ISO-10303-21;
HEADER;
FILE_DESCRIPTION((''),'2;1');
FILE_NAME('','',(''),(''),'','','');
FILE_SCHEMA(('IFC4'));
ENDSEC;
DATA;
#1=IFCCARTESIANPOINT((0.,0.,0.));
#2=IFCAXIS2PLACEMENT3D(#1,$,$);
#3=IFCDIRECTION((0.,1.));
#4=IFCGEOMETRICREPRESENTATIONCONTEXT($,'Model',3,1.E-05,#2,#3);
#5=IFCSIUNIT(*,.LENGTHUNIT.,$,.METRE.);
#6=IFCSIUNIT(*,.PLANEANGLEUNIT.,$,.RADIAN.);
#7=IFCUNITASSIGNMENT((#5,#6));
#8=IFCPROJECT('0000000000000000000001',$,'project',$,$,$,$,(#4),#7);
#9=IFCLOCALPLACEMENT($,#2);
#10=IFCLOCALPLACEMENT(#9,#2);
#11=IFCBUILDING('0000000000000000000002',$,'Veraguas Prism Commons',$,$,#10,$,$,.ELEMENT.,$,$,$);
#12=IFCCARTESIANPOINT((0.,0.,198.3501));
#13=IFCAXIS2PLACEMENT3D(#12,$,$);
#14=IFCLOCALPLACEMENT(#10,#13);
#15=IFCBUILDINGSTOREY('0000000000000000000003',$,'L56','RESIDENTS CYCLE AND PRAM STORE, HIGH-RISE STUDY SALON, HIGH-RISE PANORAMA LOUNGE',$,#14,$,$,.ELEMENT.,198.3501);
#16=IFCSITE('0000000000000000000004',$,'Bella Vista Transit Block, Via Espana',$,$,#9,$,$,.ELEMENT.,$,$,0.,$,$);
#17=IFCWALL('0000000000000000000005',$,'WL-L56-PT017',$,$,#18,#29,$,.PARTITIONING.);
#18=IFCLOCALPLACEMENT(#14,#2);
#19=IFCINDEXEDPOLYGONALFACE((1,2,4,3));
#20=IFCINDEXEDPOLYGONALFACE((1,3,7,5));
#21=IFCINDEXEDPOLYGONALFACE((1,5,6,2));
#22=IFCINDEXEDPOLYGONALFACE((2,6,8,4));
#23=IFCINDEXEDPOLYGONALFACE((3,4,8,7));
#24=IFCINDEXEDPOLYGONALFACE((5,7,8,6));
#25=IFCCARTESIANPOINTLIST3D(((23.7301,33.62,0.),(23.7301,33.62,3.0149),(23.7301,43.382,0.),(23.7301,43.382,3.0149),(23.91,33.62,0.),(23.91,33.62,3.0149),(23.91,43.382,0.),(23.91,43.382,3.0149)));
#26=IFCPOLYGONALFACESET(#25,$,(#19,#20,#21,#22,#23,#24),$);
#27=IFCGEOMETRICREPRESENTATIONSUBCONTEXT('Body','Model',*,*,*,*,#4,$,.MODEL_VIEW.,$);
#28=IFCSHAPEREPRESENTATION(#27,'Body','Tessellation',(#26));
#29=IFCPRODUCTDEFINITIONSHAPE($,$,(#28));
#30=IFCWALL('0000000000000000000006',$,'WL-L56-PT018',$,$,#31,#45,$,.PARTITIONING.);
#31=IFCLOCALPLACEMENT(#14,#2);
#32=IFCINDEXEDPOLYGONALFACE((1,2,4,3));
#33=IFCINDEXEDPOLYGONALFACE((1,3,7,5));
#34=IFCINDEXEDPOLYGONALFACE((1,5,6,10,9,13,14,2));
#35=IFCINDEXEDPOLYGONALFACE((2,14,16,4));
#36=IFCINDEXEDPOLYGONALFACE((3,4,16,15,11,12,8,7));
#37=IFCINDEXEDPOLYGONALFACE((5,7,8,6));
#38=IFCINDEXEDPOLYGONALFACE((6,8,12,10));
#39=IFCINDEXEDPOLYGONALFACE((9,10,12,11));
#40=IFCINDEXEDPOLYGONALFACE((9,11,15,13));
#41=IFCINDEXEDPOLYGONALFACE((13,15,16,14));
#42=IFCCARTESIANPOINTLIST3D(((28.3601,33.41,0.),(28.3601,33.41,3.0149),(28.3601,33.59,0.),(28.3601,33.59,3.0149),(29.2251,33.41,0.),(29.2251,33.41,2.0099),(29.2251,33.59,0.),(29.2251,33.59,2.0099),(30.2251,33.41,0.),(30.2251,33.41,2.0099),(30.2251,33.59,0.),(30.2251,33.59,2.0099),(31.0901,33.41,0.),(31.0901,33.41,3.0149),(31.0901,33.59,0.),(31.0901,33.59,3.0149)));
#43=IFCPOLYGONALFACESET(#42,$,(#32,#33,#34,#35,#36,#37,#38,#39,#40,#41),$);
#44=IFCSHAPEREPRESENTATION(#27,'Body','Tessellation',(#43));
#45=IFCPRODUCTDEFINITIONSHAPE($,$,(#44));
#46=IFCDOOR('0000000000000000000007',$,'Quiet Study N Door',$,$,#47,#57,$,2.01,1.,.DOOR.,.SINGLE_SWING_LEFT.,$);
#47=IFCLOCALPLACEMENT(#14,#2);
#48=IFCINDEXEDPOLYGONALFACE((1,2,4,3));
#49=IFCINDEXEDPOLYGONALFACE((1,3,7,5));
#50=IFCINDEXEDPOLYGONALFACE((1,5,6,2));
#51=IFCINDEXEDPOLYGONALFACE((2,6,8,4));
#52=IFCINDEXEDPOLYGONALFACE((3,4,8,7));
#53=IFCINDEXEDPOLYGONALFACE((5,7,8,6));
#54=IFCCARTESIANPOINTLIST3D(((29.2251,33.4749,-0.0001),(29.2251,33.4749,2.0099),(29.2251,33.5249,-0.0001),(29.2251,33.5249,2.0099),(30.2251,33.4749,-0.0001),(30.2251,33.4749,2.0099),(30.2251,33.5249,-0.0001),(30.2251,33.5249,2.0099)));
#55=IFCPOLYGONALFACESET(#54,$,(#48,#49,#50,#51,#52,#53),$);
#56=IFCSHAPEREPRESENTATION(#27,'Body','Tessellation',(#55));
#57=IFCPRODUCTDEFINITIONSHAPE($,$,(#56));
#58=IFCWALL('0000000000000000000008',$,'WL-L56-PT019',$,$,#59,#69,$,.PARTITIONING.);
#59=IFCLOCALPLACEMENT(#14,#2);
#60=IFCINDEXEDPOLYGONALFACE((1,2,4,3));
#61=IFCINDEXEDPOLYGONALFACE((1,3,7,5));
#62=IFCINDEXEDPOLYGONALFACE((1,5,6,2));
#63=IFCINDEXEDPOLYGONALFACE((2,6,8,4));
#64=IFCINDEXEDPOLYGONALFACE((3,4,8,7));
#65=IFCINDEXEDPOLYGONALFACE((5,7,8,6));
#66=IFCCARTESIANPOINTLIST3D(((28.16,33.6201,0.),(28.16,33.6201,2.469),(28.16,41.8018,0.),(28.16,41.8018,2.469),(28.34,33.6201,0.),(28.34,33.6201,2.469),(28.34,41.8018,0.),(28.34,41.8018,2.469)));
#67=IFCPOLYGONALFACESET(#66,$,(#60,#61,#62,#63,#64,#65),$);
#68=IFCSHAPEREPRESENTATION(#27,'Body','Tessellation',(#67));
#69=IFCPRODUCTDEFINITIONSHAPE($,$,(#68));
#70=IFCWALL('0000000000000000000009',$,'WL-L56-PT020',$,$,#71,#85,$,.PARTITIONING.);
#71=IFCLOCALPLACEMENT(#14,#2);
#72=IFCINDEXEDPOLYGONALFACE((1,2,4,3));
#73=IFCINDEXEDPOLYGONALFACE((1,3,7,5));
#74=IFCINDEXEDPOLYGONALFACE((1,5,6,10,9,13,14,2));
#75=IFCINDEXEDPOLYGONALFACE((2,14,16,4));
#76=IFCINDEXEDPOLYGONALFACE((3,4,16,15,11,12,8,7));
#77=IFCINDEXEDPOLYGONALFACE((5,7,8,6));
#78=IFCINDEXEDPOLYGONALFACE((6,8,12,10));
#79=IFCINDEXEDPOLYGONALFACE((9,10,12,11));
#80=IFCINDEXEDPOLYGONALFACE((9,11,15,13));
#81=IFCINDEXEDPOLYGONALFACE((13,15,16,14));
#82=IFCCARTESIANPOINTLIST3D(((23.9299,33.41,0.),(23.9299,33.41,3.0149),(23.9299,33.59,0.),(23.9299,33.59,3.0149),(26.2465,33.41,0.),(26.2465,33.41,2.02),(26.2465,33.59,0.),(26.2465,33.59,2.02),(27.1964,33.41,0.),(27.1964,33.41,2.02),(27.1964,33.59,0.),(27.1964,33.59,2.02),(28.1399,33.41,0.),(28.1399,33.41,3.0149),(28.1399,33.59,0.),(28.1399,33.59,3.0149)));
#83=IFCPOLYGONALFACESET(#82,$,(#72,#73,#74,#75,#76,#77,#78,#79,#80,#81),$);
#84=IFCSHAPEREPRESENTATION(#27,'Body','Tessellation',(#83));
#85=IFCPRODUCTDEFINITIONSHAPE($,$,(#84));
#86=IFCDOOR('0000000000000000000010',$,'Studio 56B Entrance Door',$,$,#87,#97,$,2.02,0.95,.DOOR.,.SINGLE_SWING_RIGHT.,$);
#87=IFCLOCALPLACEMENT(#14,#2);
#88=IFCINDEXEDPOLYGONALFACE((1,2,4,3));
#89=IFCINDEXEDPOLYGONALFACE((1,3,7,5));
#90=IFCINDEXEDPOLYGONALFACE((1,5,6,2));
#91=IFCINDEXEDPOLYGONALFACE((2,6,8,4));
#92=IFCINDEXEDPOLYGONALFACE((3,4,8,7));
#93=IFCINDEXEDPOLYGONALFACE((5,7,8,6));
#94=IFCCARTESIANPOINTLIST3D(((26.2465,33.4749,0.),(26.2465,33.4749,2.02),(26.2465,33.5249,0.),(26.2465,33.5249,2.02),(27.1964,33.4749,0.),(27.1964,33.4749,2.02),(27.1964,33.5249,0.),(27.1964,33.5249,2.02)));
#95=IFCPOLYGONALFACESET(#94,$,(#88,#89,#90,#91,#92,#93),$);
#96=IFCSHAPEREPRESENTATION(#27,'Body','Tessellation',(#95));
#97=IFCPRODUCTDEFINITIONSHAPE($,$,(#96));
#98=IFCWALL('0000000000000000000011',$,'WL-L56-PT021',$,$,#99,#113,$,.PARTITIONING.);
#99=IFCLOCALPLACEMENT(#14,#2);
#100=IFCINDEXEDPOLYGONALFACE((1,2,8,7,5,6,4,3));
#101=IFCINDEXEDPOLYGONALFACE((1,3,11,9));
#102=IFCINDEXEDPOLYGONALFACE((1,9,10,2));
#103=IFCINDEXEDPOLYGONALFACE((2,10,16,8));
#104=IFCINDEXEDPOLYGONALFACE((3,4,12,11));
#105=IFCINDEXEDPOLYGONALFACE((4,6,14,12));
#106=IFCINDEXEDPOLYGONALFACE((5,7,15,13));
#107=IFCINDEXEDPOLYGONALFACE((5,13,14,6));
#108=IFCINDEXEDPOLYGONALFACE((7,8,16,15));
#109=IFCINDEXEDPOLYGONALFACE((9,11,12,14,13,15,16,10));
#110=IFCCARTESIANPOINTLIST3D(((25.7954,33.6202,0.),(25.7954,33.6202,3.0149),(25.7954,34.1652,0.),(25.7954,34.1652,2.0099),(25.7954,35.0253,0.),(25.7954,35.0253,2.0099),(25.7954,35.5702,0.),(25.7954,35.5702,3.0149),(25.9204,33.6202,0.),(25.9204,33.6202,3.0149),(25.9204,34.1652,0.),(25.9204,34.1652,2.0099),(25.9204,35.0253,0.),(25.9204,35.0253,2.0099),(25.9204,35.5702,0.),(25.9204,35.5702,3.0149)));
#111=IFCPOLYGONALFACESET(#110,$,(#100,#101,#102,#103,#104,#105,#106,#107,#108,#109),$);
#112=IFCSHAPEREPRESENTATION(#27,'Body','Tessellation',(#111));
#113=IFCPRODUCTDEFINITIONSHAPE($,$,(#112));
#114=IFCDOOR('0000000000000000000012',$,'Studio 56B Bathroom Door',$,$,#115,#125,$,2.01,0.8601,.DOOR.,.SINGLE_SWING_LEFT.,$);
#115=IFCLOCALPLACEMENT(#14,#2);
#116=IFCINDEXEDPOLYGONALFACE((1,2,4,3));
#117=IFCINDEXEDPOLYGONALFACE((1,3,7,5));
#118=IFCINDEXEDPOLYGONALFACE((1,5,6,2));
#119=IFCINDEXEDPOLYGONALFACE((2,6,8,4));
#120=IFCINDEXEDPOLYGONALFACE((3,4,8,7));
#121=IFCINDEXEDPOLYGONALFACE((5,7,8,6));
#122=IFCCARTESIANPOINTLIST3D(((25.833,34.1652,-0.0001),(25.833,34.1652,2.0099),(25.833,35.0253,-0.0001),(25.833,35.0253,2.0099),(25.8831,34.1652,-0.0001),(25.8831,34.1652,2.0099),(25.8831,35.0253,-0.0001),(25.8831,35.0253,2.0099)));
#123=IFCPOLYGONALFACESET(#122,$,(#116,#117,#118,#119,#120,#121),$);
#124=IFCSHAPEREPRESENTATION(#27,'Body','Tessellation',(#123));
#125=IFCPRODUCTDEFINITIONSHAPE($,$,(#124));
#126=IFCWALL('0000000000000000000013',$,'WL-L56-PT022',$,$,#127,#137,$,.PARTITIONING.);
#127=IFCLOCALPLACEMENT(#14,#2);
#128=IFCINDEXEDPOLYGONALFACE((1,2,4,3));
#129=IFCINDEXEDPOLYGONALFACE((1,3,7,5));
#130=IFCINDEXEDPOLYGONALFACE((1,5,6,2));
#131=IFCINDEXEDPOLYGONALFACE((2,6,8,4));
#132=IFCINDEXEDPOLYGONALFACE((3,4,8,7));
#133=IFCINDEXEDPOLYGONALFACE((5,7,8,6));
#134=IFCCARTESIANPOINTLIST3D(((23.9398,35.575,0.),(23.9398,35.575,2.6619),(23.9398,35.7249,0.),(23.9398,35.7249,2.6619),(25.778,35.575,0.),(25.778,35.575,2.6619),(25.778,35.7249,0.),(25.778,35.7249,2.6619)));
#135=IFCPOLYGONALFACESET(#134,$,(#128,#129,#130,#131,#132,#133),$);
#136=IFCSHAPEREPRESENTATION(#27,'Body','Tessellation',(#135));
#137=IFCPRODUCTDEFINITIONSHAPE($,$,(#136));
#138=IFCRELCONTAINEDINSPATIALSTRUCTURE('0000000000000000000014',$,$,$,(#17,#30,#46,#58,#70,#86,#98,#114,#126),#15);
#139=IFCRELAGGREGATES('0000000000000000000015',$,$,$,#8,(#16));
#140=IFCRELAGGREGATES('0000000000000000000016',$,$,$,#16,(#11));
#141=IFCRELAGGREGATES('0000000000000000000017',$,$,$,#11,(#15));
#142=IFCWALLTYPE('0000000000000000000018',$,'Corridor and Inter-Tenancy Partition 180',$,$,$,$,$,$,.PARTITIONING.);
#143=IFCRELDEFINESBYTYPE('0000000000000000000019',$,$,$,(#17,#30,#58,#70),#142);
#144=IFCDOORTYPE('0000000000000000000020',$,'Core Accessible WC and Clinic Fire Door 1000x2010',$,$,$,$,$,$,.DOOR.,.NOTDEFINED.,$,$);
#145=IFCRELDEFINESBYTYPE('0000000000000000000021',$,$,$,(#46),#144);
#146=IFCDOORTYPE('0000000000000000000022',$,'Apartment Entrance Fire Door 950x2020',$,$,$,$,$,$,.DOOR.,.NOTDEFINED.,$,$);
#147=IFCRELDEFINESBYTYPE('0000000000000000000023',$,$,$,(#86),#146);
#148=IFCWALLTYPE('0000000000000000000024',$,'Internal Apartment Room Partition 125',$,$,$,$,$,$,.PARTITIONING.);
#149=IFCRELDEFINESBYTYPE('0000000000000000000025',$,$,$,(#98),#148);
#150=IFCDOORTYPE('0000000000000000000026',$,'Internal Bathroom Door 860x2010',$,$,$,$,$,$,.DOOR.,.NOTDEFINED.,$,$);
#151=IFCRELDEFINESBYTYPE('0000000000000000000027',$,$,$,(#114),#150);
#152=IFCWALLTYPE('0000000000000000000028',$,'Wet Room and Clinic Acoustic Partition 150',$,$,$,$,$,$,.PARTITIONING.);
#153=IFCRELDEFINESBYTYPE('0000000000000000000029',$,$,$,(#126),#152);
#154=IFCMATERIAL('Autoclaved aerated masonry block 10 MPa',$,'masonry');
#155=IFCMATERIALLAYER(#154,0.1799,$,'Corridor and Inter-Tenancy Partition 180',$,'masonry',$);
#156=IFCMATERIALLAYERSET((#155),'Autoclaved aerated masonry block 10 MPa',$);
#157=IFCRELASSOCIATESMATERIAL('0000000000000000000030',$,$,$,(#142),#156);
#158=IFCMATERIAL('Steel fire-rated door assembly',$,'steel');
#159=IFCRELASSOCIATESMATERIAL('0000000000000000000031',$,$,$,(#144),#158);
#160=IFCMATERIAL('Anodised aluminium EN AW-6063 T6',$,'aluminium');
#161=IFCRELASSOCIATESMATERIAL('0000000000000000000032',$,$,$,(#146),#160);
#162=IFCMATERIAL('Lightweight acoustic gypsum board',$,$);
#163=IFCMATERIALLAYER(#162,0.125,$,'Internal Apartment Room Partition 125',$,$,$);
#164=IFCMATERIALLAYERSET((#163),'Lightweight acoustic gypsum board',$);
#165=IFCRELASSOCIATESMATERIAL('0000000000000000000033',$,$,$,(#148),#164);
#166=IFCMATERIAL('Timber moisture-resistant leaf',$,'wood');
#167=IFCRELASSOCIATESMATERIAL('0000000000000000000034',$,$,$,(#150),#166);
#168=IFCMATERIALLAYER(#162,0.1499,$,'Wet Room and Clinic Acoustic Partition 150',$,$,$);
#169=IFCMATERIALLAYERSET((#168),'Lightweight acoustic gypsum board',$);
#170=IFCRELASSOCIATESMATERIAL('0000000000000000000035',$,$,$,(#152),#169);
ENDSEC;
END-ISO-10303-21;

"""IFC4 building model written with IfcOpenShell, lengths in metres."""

from ifc_helpers import new_model, si_unit, direction, frame, frame_2d, origin, place, context, subcontext, project, spatial, rectangle, extrude, source, transform, mapped, material, layer, layer_set, type_object, element, fill, save


model = new_model("IFC4")

# Units and contexts
model_context = context("Model", 3, precision=1e-05, world=origin(), true_north=direction((0.0, 1.0)))
body_context = subcontext(model_context, "Body", "Model", "MODEL_VIEW")
ifc_project = project(units=[si_unit("LENGTHUNIT", "METRE"), si_unit("PLANEANGLEUNIT", "RADIAN")], contexts=[model_context])

# Site, building, storey
site_placement = place(None, origin())
site = spatial("IfcSite", under=ifc_project, at=site_placement, Name="Bella Vista Transit Block, Via Espana", CompositionType="ELEMENT", RefElevation=0.0)
building_placement = place(site_placement, origin())
building = spatial("IfcBuilding", under=site, at=building_placement, Name="Veraguas Prism Commons", CompositionType="ELEMENT")
storey_placement = place(building_placement, frame((0.0, 0.0, 198.3501)))
storey = spatial("IfcBuildingStorey", under=building, at=storey_placement, Name="L56", Description="RESIDENTS CYCLE AND PRAM STORE, HIGH-RISE STUDY SALON, HIGH-RISE PANORAMA LOUNGE", CompositionType="ELEMENT", Elevation=198.3501)

# Shared definitions
ifc_material_1 = material(Name="Anodised aluminium EN AW-6063 T6", Category="aluminium")

# Wall
ifc_material_2 = material(Name="Autoclaved aerated masonry block 10 MPa", Category="masonry")
ifc_layer_1 = layer(ifc_material_2, 0.1799, Name="Corridor and Inter-Tenancy Partition 180", Category="masonry")
ifc_layer_set_1 = layer_set([ifc_layer_1], Name="Autoclaved aerated masonry block 10 MPa")
wall_type_1 = type_object("IfcWallType", Name="Corridor and Inter-Tenancy Partition 180", PredefinedType="PARTITIONING", material=ifc_layer_set_1)
wall_1_placement = place(storey_placement, frame((23.8201, 33.6201, 0.0), z_axis=(0.0, 0.0, 1.0), x_axis=(0.0, 1.0, 0.0)))
element("IfcWall", 1, at=wall_1_placement, inside=storey, type_object=wall_type_1, Name="WL-L56-PT017", PredefinedType="PARTITIONING", context=body_context, shape_type="SweptSolid", body=[
    extrude(rectangle(XDim=9.762, YDim=0.1799, at=frame_2d((4.8809, 0.0))), origin(), (0.0, 0.0, 1.0), 3.0149),
])

# Wall, opening, door
wall_2_placement = place(storey_placement, frame((28.3601, 33.5, 0.0), z_axis=(0.0, 0.0, 1.0), x_axis=(1.0, 0.0, 0.0)))
wall_2 = element("IfcWall", 2, at=wall_2_placement, inside=storey, type_object=wall_type_1, Name="WL-L56-PT018", PredefinedType="PARTITIONING", context=body_context, shape_type="SweptSolid", body=[
    extrude(rectangle(XDim=2.73, YDim=0.1799, at=frame_2d((1.365, 0.0))), origin(), (0.0, 0.0, 1.0), 3.0149),
])
opening_1_placement = place(wall_2_placement, frame((0.865, 0.0, 0.0)))
opening_1 = element("IfcOpeningElement", 3, at=opening_1_placement, cuts=wall_2, PredefinedType="OPENING", context=body_context, shape_type="SweptSolid", body=[
    extrude(rectangle(XDim=1.0, YDim=2.01, at=frame_2d((0.5, 1.0049))), frame((0.0, 0.0999, 0.0), z_axis=(0.0, -1.0, 0.0), x_axis=(1.0, 0.0, 0.0)), (0.0, 0.0, 1.0), 0.2),
])
ifc_material_3 = material(Name="Steel fire-rated door assembly", Category="steel")
door_type_1 = type_object("IfcDoorType", Name="Core Accessible WC and Clinic Fire Door 1000x2010", OperationType="NOTDEFINED", PredefinedType="DOOR", material=ifc_material_3)
shared_shape_1 = source(origin(), body_context, "Body", "SweptSolid", [
    extrude(rectangle(XDim=1.0, YDim=2.01, at=frame_2d((0.5, 1.0049))), frame((0.0, 0.0249, 0.0), z_axis=(0.0, -1.0, 0.0), x_axis=(1.0, 0.0, 0.0)), (0.0, 0.0, 1.0), 0.05),
])
door_1_placement = place(opening_1_placement, origin())
door_1 = element("IfcDoor", 4, at=door_1_placement, inside=storey, type_object=door_type_1, Name="Quiet Study N Door", OperationType="SINGLE_SWING_LEFT", OverallHeight=2.01, OverallWidth=1.0, PredefinedType="DOOR", context=body_context, shape_type="MappedRepresentation", body=[
    mapped(shared_shape_1, transform((0.0, 0.0, 0.0), scale=1.0)),
])
fill(opening_1, door_1)

# Wall
wall_3_placement = place(storey_placement, frame((28.25, 33.6201, 0.0), z_axis=(0.0, 0.0, 1.0), x_axis=(0.0, 1.0, 0.0)))
element("IfcWall", 5, at=wall_3_placement, inside=storey, type_object=wall_type_1, Name="WL-L56-PT019", PredefinedType="PARTITIONING", context=body_context, shape_type="SweptSolid", body=[
    extrude(rectangle(XDim=8.1816, YDim=0.1799, at=frame_2d((4.0908, 0.0))), origin(), (0.0, 0.0, 1.0), 2.469),
])

# Walls, openings, doors
wall_4_placement = place(storey_placement, frame((23.9299, 33.5, 0.0), z_axis=(0.0, 0.0, 1.0), x_axis=(1.0, 0.0, 0.0)))
wall_4 = element("IfcWall", 6, at=wall_4_placement, inside=storey, type_object=wall_type_1, Name="WL-L56-PT020", PredefinedType="PARTITIONING", context=body_context, shape_type="SweptSolid", body=[
    extrude(rectangle(XDim=4.21, YDim=0.1799, at=frame_2d((2.105, 0.0))), origin(), (0.0, 0.0, 1.0), 3.0149),
])
opening_2_placement = place(wall_4_placement, frame((2.3164, 0.0, 0.0)))
opening_2 = element("IfcOpeningElement", 7, at=opening_2_placement, cuts=wall_4, PredefinedType="OPENING", context=body_context, shape_type="SweptSolid", body=[
    extrude(rectangle(XDim=0.95, YDim=2.02, at=frame_2d((0.4751, 1.01))), frame((0.0, 0.0999, 0.0), z_axis=(0.0, -1.0, 0.0), x_axis=(1.0, 0.0, 0.0)), (0.0, 0.0, 1.0), 0.2),
])
door_type_2 = type_object("IfcDoorType", Name="Apartment Entrance Fire Door 950x2020", OperationType="NOTDEFINED", PredefinedType="DOOR", material=ifc_material_1)
shared_shape_2 = source(origin(), body_context, "Body", "SweptSolid", [
    extrude(rectangle(XDim=0.95, YDim=2.02, at=frame_2d((0.4751, 1.01))), frame((0.0, 0.0249, 0.0), z_axis=(0.0, -1.0, 0.0), x_axis=(1.0, 0.0, 0.0)), (0.0, 0.0, 1.0), 0.05),
])
door_2_placement = place(opening_2_placement, origin())
door_2 = element("IfcDoor", 8, at=door_2_placement, inside=storey, type_object=door_type_2, Name="Studio 56B Entrance Door", OperationType="SINGLE_SWING_RIGHT", OverallHeight=2.02, OverallWidth=0.95, PredefinedType="DOOR", context=body_context, shape_type="MappedRepresentation", body=[
    mapped(shared_shape_2, transform((0.0, 0.0, 0.0), scale=1.0)),
])
fill(opening_2, door_2)
ifc_material_4 = material(Name="Lightweight acoustic gypsum board")
ifc_layer_2 = layer(ifc_material_4, 0.125, Name="Internal Apartment Room Partition 125")
ifc_layer_set_2 = layer_set([ifc_layer_2], Name="Lightweight acoustic gypsum board")
wall_type_2 = type_object("IfcWallType", Name="Internal Apartment Room Partition 125", PredefinedType="PARTITIONING", material=ifc_layer_set_2)
wall_5_placement = place(storey_placement, frame((25.8579, 33.6201, 0.0), z_axis=(0.0, 0.0, 1.0), x_axis=(0.0, 1.0, 0.0)))
wall_5 = element("IfcWall", 9, at=wall_5_placement, inside=storey, type_object=wall_type_2, Name="WL-L56-PT021", PredefinedType="PARTITIONING", context=body_context, shape_type="SweptSolid", body=[
    extrude(rectangle(XDim=1.95, YDim=0.125, at=frame_2d((0.9751, 0.0))), origin(), (0.0, 0.0, 1.0), 3.0149),
])
opening_3_placement = place(wall_5_placement, frame((0.5449, 0.0, 0.0)))
opening_3 = element("IfcOpeningElement", 10, at=opening_3_placement, cuts=wall_5, PredefinedType="OPENING", context=body_context, shape_type="SweptSolid", body=[
    extrude(rectangle(XDim=0.8601, YDim=2.01, at=frame_2d((0.4302, 1.0049))), frame((0.0, 0.0725, 0.0), z_axis=(0.0, -1.0, 0.0), x_axis=(1.0, 0.0, 0.0)), (0.0, 0.0, 1.0), 0.145),
])
ifc_material_5 = material(Name="Timber moisture-resistant leaf", Category="wood")
door_type_3 = type_object("IfcDoorType", Name="Internal Bathroom Door 860x2010", OperationType="NOTDEFINED", PredefinedType="DOOR", material=ifc_material_5)
shared_shape_3 = source(origin(), body_context, "Body", "SweptSolid", [
    extrude(rectangle(XDim=0.8601, YDim=2.01, at=frame_2d((0.4302, 1.0049))), frame((0.0, 0.0249, 0.0), z_axis=(0.0, -1.0, 0.0), x_axis=(1.0, 0.0, 0.0)), (0.0, 0.0, 1.0), 0.05),
])
door_3_placement = place(opening_3_placement, origin())
door_3 = element("IfcDoor", 11, at=door_3_placement, inside=storey, type_object=door_type_3, Name="Studio 56B Bathroom Door", OperationType="SINGLE_SWING_LEFT", OverallHeight=2.01, OverallWidth=0.8601, PredefinedType="DOOR", context=body_context, shape_type="MappedRepresentation", body=[
    mapped(shared_shape_3, transform((0.0, 0.0, 0.0), scale=1.0)),
])
fill(opening_3, door_3)

# Wall
ifc_layer_3 = layer(ifc_material_4, 0.1499, Name="Wet Room and Clinic Acoustic Partition 150")
ifc_layer_set_3 = layer_set([ifc_layer_3], Name="Lightweight acoustic gypsum board")
wall_type_3 = type_object("IfcWallType", Name="Wet Room and Clinic Acoustic Partition 150", PredefinedType="PARTITIONING", material=ifc_layer_set_3)
wall_6_placement = place(storey_placement, frame((23.9399, 35.6499, 0.0), z_axis=(0.0, 0.0, 1.0), x_axis=(1.0, 0.0, 0.0)))
element("IfcWall", 12, at=wall_6_placement, inside=storey, type_object=wall_type_3, Name="WL-L56-PT022", PredefinedType="PARTITIONING", context=body_context, shape_type="SweptSolid", body=[
    extrude(rectangle(XDim=1.8381, YDim=0.1499, at=frame_2d((0.9189, 0.0))), origin(), (0.0, 0.0, 1.0), 2.6619),
])

save(model, "model.ifc")
